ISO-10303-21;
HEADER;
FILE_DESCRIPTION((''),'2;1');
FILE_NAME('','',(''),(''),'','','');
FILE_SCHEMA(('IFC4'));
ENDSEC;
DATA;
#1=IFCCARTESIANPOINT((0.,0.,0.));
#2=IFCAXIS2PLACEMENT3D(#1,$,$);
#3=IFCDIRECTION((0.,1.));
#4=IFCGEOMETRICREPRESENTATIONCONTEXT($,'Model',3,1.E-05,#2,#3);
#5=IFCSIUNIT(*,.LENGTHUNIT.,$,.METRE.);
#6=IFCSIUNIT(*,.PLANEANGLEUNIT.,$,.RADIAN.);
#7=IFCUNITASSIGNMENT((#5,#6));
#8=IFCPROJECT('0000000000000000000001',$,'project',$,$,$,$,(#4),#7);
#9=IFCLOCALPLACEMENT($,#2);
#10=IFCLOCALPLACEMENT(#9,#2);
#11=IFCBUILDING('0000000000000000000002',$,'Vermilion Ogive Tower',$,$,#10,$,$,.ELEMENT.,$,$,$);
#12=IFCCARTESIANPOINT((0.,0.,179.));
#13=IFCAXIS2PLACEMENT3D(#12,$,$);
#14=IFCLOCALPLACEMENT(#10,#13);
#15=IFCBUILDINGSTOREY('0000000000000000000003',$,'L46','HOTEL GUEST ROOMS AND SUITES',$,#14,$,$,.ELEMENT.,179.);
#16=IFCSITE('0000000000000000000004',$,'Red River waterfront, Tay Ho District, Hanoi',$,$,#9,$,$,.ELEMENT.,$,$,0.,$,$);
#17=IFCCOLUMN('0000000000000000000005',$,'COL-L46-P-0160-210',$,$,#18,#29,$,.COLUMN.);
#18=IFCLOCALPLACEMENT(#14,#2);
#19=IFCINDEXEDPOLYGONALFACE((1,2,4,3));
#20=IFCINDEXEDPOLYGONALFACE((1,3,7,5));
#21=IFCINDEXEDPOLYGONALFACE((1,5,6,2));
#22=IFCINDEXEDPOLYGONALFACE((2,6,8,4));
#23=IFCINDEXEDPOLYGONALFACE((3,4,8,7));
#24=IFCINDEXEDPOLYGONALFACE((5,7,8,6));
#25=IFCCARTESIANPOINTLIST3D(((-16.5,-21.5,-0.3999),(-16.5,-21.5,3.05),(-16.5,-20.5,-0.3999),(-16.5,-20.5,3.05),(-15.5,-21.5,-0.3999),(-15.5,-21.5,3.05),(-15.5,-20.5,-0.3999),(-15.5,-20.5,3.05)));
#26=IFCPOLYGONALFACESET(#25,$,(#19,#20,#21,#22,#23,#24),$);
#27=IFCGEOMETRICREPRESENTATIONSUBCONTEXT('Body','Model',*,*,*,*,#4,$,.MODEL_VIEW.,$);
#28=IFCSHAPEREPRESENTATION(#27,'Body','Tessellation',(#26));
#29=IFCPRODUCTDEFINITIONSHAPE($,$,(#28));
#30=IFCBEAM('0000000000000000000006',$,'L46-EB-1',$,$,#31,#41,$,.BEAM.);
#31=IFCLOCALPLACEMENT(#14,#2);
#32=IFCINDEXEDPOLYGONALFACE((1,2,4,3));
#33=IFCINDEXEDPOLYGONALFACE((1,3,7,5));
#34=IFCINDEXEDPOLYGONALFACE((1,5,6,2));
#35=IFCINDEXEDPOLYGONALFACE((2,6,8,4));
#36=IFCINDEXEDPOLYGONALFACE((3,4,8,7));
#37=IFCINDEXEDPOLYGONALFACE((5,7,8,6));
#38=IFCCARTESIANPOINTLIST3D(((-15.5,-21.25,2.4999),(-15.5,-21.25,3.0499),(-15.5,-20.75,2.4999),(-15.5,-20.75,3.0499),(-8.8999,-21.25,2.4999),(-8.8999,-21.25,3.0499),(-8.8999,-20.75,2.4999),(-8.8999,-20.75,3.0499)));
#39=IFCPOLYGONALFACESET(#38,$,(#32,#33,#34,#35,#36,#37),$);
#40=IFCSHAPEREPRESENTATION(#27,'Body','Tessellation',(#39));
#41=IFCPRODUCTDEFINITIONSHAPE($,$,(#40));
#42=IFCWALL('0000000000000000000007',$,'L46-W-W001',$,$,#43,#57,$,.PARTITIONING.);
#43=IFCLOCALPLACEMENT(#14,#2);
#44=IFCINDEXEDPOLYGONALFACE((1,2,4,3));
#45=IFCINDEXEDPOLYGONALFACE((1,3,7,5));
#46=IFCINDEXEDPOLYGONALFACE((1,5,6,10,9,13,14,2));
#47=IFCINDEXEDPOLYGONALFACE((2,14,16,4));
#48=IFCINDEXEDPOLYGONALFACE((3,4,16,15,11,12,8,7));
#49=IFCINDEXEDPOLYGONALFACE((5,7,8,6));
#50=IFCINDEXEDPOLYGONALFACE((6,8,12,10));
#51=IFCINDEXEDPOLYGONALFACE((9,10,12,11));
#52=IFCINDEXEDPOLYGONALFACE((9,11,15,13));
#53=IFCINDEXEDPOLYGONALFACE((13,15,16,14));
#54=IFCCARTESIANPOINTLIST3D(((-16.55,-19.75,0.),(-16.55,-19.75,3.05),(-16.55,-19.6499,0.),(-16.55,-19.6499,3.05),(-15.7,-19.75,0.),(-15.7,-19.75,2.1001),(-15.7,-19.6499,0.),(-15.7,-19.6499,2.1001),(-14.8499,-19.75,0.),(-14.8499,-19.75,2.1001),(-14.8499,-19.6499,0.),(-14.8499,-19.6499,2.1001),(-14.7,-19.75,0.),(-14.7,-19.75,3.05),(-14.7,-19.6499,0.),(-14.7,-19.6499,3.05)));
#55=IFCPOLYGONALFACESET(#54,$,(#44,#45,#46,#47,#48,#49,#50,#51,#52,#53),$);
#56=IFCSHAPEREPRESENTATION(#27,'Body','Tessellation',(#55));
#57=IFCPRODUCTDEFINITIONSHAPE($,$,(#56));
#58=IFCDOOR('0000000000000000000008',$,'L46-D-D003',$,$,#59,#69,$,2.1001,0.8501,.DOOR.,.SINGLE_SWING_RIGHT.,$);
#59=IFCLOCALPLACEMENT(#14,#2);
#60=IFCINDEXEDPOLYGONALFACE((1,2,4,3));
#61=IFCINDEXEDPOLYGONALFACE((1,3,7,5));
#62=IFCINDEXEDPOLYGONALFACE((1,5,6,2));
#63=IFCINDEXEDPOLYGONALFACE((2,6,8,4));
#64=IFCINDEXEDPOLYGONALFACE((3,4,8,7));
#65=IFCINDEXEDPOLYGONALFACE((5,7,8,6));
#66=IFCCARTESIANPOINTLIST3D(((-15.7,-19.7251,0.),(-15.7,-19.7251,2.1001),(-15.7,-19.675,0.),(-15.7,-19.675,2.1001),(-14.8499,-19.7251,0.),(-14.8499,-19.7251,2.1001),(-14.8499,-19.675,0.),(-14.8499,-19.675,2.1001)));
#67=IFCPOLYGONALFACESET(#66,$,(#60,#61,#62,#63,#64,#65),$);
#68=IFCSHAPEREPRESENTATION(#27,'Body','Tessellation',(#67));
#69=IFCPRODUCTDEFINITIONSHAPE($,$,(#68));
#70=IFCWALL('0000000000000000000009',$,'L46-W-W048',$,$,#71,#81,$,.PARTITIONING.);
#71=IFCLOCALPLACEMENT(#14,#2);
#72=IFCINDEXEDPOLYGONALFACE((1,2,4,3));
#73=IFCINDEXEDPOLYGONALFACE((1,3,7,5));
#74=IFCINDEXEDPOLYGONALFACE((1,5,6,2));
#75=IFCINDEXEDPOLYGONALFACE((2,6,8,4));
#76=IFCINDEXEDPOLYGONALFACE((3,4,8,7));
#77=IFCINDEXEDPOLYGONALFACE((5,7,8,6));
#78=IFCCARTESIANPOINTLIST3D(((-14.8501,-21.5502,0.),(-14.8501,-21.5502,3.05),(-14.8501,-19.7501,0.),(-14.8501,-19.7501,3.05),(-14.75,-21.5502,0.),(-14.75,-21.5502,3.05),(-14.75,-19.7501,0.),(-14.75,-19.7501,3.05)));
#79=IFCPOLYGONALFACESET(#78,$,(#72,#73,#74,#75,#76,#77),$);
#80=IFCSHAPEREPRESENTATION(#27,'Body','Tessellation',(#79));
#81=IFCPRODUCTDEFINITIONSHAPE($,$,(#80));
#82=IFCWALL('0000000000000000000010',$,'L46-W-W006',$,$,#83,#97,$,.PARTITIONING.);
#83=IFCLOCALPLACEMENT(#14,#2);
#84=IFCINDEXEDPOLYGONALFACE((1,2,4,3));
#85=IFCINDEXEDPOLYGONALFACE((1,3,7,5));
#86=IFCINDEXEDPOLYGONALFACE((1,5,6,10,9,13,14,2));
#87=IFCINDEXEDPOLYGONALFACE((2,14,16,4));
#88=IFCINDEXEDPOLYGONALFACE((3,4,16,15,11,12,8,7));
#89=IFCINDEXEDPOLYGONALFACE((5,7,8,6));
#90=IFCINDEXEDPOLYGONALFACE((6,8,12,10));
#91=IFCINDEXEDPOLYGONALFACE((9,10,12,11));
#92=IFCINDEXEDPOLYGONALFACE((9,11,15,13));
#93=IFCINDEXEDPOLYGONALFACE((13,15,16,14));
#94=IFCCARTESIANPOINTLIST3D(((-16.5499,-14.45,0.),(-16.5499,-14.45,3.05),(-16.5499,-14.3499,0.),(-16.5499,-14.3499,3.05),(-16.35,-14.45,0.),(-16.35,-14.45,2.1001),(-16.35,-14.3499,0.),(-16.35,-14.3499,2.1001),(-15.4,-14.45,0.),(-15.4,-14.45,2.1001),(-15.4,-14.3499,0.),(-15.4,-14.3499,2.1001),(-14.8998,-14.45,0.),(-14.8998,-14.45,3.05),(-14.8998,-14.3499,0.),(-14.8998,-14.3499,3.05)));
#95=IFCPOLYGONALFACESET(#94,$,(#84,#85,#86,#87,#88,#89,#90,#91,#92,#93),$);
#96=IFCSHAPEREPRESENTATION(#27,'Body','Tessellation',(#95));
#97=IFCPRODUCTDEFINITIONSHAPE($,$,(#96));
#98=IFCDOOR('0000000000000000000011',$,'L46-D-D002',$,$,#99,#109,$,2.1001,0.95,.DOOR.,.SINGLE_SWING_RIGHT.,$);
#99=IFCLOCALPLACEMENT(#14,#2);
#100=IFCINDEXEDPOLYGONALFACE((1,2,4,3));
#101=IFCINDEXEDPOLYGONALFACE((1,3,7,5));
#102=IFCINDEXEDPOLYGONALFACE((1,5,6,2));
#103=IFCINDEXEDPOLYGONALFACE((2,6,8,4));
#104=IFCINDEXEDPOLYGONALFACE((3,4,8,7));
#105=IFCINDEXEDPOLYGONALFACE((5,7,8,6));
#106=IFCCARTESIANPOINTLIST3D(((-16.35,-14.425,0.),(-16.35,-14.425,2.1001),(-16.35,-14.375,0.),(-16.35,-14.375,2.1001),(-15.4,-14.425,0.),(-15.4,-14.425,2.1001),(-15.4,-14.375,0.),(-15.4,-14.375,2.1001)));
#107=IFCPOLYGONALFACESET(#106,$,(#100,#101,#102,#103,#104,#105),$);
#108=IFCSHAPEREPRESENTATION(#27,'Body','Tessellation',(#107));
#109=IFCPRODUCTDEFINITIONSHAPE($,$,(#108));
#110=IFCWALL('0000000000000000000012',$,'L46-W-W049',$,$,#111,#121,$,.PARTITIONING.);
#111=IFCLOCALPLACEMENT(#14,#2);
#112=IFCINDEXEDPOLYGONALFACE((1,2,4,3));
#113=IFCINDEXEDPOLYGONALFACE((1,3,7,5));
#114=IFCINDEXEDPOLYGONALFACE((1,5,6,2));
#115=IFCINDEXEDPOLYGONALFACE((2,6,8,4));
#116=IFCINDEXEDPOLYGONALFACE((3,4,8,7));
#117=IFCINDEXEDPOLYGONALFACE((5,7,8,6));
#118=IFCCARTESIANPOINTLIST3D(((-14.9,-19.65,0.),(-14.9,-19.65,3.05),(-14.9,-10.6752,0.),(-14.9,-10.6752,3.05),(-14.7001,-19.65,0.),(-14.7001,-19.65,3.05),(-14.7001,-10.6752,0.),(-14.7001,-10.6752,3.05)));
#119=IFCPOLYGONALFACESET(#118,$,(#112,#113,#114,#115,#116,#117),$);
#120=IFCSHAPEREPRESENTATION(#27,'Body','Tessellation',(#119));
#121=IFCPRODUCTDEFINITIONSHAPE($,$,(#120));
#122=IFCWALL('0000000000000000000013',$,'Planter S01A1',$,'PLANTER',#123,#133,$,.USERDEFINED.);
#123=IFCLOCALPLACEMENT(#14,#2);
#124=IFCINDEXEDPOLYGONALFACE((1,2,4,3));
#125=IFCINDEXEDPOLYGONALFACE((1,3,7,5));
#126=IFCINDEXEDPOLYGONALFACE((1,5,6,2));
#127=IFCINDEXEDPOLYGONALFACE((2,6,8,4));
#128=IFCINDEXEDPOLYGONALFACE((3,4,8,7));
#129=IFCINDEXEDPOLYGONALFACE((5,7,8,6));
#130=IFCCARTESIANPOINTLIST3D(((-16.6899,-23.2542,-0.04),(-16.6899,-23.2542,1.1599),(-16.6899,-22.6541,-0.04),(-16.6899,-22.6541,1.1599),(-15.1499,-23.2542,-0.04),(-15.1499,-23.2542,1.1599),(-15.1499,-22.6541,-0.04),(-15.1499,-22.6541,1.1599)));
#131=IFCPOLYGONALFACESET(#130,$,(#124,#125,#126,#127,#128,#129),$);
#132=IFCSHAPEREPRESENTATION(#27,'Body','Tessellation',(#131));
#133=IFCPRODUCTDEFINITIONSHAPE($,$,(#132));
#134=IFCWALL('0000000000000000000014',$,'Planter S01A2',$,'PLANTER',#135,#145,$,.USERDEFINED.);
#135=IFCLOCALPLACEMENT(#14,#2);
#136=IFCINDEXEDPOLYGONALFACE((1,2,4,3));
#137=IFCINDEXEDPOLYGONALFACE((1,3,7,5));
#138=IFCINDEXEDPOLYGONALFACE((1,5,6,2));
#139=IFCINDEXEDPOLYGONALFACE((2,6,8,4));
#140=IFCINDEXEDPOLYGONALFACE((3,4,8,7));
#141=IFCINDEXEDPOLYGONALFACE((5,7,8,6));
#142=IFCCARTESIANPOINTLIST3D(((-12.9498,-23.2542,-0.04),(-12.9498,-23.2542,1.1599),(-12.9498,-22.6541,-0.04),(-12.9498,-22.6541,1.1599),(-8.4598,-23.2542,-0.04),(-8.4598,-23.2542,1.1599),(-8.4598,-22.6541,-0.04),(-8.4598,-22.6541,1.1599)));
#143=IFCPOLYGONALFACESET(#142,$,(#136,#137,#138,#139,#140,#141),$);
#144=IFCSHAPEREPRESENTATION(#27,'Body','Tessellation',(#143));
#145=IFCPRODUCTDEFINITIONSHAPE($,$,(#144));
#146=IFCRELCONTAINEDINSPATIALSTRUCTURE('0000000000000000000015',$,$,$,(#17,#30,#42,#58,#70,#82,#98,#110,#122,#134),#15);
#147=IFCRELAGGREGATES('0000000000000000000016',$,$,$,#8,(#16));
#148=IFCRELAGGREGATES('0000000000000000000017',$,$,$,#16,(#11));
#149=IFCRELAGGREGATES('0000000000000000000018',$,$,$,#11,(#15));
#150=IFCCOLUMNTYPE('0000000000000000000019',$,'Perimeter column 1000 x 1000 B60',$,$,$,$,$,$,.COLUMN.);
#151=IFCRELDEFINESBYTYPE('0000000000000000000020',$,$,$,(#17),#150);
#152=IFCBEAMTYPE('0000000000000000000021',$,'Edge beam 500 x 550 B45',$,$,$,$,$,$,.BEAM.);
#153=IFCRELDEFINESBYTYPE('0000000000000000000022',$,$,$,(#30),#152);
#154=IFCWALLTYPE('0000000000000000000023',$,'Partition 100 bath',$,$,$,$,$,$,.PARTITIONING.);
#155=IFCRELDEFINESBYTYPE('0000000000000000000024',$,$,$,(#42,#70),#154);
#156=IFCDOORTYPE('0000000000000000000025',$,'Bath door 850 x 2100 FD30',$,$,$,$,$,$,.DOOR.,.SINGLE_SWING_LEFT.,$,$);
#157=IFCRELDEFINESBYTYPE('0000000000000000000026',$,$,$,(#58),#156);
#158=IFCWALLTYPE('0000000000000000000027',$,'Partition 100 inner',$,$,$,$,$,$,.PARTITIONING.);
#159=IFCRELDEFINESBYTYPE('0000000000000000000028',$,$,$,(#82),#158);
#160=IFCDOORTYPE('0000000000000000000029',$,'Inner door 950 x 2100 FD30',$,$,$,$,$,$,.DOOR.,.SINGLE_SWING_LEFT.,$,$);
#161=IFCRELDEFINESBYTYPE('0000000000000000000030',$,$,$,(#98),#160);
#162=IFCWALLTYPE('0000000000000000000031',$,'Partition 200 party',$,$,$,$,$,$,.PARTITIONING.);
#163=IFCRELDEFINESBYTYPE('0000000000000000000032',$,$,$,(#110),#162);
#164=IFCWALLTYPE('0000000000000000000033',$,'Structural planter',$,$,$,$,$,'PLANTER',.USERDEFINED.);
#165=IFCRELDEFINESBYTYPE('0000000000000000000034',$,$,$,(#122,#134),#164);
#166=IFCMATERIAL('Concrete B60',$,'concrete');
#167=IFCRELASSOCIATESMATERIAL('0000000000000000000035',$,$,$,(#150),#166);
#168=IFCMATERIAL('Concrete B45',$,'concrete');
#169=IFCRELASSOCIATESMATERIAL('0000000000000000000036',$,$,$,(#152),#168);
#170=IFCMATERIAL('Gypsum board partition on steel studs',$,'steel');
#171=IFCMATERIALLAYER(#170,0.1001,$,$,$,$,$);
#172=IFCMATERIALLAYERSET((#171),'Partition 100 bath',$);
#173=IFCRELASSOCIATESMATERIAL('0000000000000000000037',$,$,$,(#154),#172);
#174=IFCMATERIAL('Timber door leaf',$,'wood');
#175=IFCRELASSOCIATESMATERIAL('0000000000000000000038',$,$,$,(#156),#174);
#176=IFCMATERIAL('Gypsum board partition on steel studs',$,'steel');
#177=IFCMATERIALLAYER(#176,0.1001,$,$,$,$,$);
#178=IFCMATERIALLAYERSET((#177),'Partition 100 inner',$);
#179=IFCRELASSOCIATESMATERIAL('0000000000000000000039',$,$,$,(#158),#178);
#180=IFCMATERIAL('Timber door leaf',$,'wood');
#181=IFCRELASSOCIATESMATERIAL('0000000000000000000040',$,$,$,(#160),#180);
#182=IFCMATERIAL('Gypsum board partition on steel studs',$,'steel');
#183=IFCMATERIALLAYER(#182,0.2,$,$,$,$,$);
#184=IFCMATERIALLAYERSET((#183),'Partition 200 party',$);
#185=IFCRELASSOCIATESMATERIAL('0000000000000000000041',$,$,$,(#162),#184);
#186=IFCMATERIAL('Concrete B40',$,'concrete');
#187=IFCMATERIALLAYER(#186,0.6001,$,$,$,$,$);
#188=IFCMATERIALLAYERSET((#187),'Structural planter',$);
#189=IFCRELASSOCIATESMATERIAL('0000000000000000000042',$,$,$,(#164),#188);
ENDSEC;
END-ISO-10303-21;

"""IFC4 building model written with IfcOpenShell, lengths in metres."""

from ifc_helpers import new_model, si_unit, direction, frame, frame_2d, origin, origin_2d, place, context, subcontext, project, spatial, rectangle, extrude, material, layer, layer_set, material_profile, profile_set, type_object, element, fill, save


model = new_model("IFC4")

# Units and contexts
model_context = context("Model", 3, precision=1e-05, world=origin(), true_north=direction((0.0, 1.0)))
body_context = subcontext(model_context, "Body", "Model", "MODEL_VIEW")
ifc_project = project(units=[si_unit("LENGTHUNIT", "METRE"), si_unit("PLANEANGLEUNIT", "RADIAN")], contexts=[model_context])

# Site, building, storey
site_placement = place(None, origin())
site = spatial("IfcSite", under=ifc_project, at=site_placement, Name="Red River waterfront, Tay Ho District, Hanoi", CompositionType="ELEMENT", RefElevation=0.0)
building_placement = place(site_placement, origin())
building = spatial("IfcBuilding", under=site, at=building_placement, Name="Vermilion Ogive Tower", CompositionType="ELEMENT")
storey_placement = place(building_placement, frame((0.0, 0.0, 179.0)))
storey = spatial("IfcBuildingStorey", under=building, at=storey_placement, Name="L46", Description="HOTEL GUEST ROOMS AND SUITES", CompositionType="ELEMENT", Elevation=179.0)

# Column
ifc_material_1 = material(Name="Concrete B60", Category="concrete")
ifc_material_profile_1 = material_profile(ifc_material_1, rectangle(XDim=1.0, YDim=1.0, at=origin_2d()), Name="1000 x 1000")
ifc_profile_set_1 = profile_set([ifc_material_profile_1], Name="Concrete B60")
column_type = type_object("IfcColumnType", Name="Perimeter column 1000 x 1000 B60", PredefinedType="COLUMN", material=ifc_profile_set_1)
column_placement = place(storey_placement, frame((-16.0, -21.0, -0.3999), z_axis=(0.0, 0.0, 1.0), x_axis=(1.0, 0.0, 0.0)))
element("IfcColumn", 1, at=column_placement, inside=storey, type_object=column_type, Name="COL-L46-P-0160-210", PredefinedType="COLUMN", context=body_context, shape_type="SweptSolid", body=[
    extrude(rectangle(XDim=1.0, YDim=1.0, at=origin_2d()), origin(), (0.0, 0.0, 1.0), 3.45),
])

# Beam
ifc_material_2 = material(Name="Concrete B45", Category="concrete")
ifc_material_profile_2 = material_profile(ifc_material_2, rectangle(XDim=0.5, YDim=0.55, at=origin_2d()), Name="500 x 550")
ifc_profile_set_2 = profile_set([ifc_material_profile_2], Name="Concrete B45")
beam_type = type_object("IfcBeamType", Name="Edge beam 500 x 550 B45", PredefinedType="BEAM", material=ifc_profile_set_2)
beam_placement = place(storey_placement, frame((-15.5, -21.0, 2.7749), z_axis=(1.0, 0.0, 0.0), x_axis=(0.0, 1.0, 0.0)))
element("IfcBeam", 2, at=beam_placement, inside=storey, type_object=beam_type, Name="L46-EB-1", PredefinedType="BEAM", context=body_context, shape_type="SweptSolid", body=[
    extrude(rectangle(XDim=0.5, YDim=0.55, at=origin_2d()), origin(), (0.0, 0.0, 1.0), 6.6001),
])

# Wall, opening, door
ifc_material_3 = material(Name="Gypsum board partition on steel studs", Category="steel")
ifc_layer_1 = layer(ifc_material_3, 0.1001)
ifc_layer_set_1 = layer_set([ifc_layer_1], Name="Partition 100 bath")
wall_type_1 = type_object("IfcWallType", Name="Partition 100 bath", PredefinedType="PARTITIONING", material=ifc_layer_set_1)
wall_1_placement = place(storey_placement, frame((-16.55, -19.7, 0.0), z_axis=(0.0, 0.0, 1.0), x_axis=(1.0, 0.0, 0.0)))
wall_1 = element("IfcWall", 3, at=wall_1_placement, inside=storey, type_object=wall_type_1, Name="L46-W-W001", PredefinedType="PARTITIONING", context=body_context, shape_type="SweptSolid", body=[
    extrude(rectangle(XDim=1.8501, YDim=0.1001, at=frame_2d((0.925, 0.0))), origin(), (0.0, 0.0, 1.0), 3.05),
])
opening_1_placement = place(wall_1_placement, frame((0.8501, 0.0, 0.0)))
opening_1 = element("IfcOpeningElement", 4, at=opening_1_placement, cuts=wall_1, PredefinedType="OPENING", context=body_context, shape_type="SweptSolid", body=[
    extrude(rectangle(XDim=0.8501, YDim=2.1001, at=frame_2d((0.425, 1.05))), frame((0.0, 0.0601, 0.0), z_axis=(0.0, -1.0, 0.0), x_axis=(1.0, 0.0, 0.0)), (0.0, 0.0, 1.0), 0.1201),
])
ifc_material_4 = material(Name="Timber door leaf", Category="wood")
door_type_1 = type_object("IfcDoorType", Name="Bath door 850 x 2100 FD30", OperationType="SINGLE_SWING_LEFT", PredefinedType="DOOR", material=ifc_material_4)
door_1_placement = place(opening_1_placement, origin())
door_1 = element("IfcDoor", 5, at=door_1_placement, inside=storey, type_object=door_type_1, Name="L46-D-D003", OperationType="SINGLE_SWING_RIGHT", OverallHeight=2.1001, OverallWidth=0.8501, PredefinedType="DOOR", context=body_context, shape_type="SweptSolid", body=[
    extrude(rectangle(XDim=0.8501, YDim=2.1001, at=frame_2d((0.425, 1.05))), frame((0.0, 0.0249, 0.0), z_axis=(0.0, -1.0, 0.0), x_axis=(1.0, 0.0, 0.0)), (0.0, 0.0, 1.0), 0.05),
])
fill(opening_1, door_1)

# Wall
wall_2_placement = place(storey_placement, frame((-14.8, -21.55, 0.0), z_axis=(0.0, 0.0, 1.0), x_axis=(0.0, 1.0, 0.0)))
element("IfcWall", 6, at=wall_2_placement, inside=storey, type_object=wall_type_1, Name="L46-W-W048", PredefinedType="PARTITIONING", context=body_context, shape_type="SweptSolid", body=[
    extrude(rectangle(XDim=1.8, YDim=0.1001, at=frame_2d((0.8999, 0.0))), origin(), (0.0, 0.0, 1.0), 3.05),
])

# Wall, opening, door
ifc_material_5 = material(Name="Gypsum board partition on steel studs", Category="steel")
ifc_layer_2 = layer(ifc_material_5, 0.1001)
ifc_layer_set_2 = layer_set([ifc_layer_2], Name="Partition 100 inner")
wall_type_2 = type_object("IfcWallType", Name="Partition 100 inner", PredefinedType="PARTITIONING", material=ifc_layer_set_2)
wall_3_placement = place(storey_placement, frame((-16.55, -14.3999, 0.0), z_axis=(0.0, 0.0, 1.0), x_axis=(1.0, 0.0, 0.0)))
wall_3 = element("IfcWall", 7, at=wall_3_placement, inside=storey, type_object=wall_type_2, Name="L46-W-W006", PredefinedType="PARTITIONING", context=body_context, shape_type="SweptSolid", body=[
    extrude(rectangle(XDim=1.6501, YDim=0.1001, at=frame_2d((0.8252, 0.0))), origin(), (0.0, 0.0, 1.0), 3.05),
])
opening_2_placement = place(wall_3_placement, frame((0.2, 0.0, 0.0)))
opening_2 = element("IfcOpeningElement", 8, at=opening_2_placement, cuts=wall_3, PredefinedType="OPENING", context=body_context, shape_type="SweptSolid", body=[
    extrude(rectangle(XDim=0.95, YDim=2.1001, at=frame_2d((0.4751, 1.05))), frame((0.0, 0.0601, 0.0), z_axis=(0.0, -1.0, 0.0), x_axis=(1.0, 0.0, 0.0)), (0.0, 0.0, 1.0), 0.1201),
])
ifc_material_6 = material(Name="Timber door leaf", Category="wood")
door_type_2 = type_object("IfcDoorType", Name="Inner door 950 x 2100 FD30", OperationType="SINGLE_SWING_LEFT", PredefinedType="DOOR", material=ifc_material_6)
door_2_placement = place(opening_2_placement, origin())
door_2 = element("IfcDoor", 9, at=door_2_placement, inside=storey, type_object=door_type_2, Name="L46-D-D002", OperationType="SINGLE_SWING_RIGHT", OverallHeight=2.1001, OverallWidth=0.95, PredefinedType="DOOR", context=body_context, shape_type="SweptSolid", body=[
    extrude(rectangle(XDim=0.95, YDim=2.1001, at=frame_2d((0.4751, 1.05))), frame((0.0, 0.0249, 0.0), z_axis=(0.0, -1.0, 0.0), x_axis=(1.0, 0.0, 0.0)), (0.0, 0.0, 1.0), 0.05),
])
fill(opening_2, door_2)

# Walls
ifc_material_7 = material(Name="Gypsum board partition on steel studs", Category="steel")
ifc_layer_3 = layer(ifc_material_7, 0.2)
ifc_layer_set_3 = layer_set([ifc_layer_3], Name="Partition 200 party")
wall_type_3 = type_object("IfcWallType", Name="Partition 200 party", PredefinedType="PARTITIONING", material=ifc_layer_set_3)
wall_4_placement = place(storey_placement, frame((-14.8, -19.6499, 0.0), z_axis=(0.0, 0.0, 1.0), x_axis=(0.0, 1.0, 0.0)))
element("IfcWall", 10, at=wall_4_placement, inside=storey, type_object=wall_type_3, Name="L46-W-W049", PredefinedType="PARTITIONING", context=body_context, shape_type="SweptSolid", body=[
    extrude(rectangle(XDim=8.9749, YDim=0.2, at=frame_2d((4.4873, 0.0))), origin(), (0.0, 0.0, 1.0), 3.05),
])
ifc_material_8 = material(Name="Concrete B40", Category="concrete")
ifc_layer_4 = layer(ifc_material_8, 0.6001)
ifc_layer_set_4 = layer_set([ifc_layer_4], Name="Structural planter")
wall_type_4 = type_object("IfcWallType", Name="Structural planter", ElementType="PLANTER", PredefinedType="USERDEFINED", material=ifc_layer_set_4)
wall_5_placement = place(storey_placement, frame((-16.6899, -22.9541, -0.04), z_axis=(0.0, 0.0, 1.0), x_axis=(1.0, 0.0, 0.0)))
element("IfcWall", 11, at=wall_5_placement, inside=storey, type_object=wall_type_4, Name="Planter S01A1", ObjectType="PLANTER", PredefinedType="USERDEFINED", context=body_context, shape_type="SweptSolid", body=[
    extrude(rectangle(XDim=1.54, YDim=0.6001, at=frame_2d((0.77, 0.0))), origin(), (0.0, 0.0, 1.0), 1.2),
])
wall_6_placement = place(storey_placement, frame((-12.95, -22.9541, -0.04), z_axis=(0.0, 0.0, 1.0), x_axis=(1.0, 0.0, 0.0)))
element("IfcWall", 12, at=wall_6_placement, inside=storey, type_object=wall_type_4, Name="Planter S01A2", ObjectType="PLANTER", PredefinedType="USERDEFINED", context=body_context, shape_type="SweptSolid", body=[
    extrude(rectangle(XDim=4.49, YDim=0.6001, at=frame_2d((2.2451, 0.0))), origin(), (0.0, 0.0, 1.0), 1.2),
])

save(model, "model.ifc")
